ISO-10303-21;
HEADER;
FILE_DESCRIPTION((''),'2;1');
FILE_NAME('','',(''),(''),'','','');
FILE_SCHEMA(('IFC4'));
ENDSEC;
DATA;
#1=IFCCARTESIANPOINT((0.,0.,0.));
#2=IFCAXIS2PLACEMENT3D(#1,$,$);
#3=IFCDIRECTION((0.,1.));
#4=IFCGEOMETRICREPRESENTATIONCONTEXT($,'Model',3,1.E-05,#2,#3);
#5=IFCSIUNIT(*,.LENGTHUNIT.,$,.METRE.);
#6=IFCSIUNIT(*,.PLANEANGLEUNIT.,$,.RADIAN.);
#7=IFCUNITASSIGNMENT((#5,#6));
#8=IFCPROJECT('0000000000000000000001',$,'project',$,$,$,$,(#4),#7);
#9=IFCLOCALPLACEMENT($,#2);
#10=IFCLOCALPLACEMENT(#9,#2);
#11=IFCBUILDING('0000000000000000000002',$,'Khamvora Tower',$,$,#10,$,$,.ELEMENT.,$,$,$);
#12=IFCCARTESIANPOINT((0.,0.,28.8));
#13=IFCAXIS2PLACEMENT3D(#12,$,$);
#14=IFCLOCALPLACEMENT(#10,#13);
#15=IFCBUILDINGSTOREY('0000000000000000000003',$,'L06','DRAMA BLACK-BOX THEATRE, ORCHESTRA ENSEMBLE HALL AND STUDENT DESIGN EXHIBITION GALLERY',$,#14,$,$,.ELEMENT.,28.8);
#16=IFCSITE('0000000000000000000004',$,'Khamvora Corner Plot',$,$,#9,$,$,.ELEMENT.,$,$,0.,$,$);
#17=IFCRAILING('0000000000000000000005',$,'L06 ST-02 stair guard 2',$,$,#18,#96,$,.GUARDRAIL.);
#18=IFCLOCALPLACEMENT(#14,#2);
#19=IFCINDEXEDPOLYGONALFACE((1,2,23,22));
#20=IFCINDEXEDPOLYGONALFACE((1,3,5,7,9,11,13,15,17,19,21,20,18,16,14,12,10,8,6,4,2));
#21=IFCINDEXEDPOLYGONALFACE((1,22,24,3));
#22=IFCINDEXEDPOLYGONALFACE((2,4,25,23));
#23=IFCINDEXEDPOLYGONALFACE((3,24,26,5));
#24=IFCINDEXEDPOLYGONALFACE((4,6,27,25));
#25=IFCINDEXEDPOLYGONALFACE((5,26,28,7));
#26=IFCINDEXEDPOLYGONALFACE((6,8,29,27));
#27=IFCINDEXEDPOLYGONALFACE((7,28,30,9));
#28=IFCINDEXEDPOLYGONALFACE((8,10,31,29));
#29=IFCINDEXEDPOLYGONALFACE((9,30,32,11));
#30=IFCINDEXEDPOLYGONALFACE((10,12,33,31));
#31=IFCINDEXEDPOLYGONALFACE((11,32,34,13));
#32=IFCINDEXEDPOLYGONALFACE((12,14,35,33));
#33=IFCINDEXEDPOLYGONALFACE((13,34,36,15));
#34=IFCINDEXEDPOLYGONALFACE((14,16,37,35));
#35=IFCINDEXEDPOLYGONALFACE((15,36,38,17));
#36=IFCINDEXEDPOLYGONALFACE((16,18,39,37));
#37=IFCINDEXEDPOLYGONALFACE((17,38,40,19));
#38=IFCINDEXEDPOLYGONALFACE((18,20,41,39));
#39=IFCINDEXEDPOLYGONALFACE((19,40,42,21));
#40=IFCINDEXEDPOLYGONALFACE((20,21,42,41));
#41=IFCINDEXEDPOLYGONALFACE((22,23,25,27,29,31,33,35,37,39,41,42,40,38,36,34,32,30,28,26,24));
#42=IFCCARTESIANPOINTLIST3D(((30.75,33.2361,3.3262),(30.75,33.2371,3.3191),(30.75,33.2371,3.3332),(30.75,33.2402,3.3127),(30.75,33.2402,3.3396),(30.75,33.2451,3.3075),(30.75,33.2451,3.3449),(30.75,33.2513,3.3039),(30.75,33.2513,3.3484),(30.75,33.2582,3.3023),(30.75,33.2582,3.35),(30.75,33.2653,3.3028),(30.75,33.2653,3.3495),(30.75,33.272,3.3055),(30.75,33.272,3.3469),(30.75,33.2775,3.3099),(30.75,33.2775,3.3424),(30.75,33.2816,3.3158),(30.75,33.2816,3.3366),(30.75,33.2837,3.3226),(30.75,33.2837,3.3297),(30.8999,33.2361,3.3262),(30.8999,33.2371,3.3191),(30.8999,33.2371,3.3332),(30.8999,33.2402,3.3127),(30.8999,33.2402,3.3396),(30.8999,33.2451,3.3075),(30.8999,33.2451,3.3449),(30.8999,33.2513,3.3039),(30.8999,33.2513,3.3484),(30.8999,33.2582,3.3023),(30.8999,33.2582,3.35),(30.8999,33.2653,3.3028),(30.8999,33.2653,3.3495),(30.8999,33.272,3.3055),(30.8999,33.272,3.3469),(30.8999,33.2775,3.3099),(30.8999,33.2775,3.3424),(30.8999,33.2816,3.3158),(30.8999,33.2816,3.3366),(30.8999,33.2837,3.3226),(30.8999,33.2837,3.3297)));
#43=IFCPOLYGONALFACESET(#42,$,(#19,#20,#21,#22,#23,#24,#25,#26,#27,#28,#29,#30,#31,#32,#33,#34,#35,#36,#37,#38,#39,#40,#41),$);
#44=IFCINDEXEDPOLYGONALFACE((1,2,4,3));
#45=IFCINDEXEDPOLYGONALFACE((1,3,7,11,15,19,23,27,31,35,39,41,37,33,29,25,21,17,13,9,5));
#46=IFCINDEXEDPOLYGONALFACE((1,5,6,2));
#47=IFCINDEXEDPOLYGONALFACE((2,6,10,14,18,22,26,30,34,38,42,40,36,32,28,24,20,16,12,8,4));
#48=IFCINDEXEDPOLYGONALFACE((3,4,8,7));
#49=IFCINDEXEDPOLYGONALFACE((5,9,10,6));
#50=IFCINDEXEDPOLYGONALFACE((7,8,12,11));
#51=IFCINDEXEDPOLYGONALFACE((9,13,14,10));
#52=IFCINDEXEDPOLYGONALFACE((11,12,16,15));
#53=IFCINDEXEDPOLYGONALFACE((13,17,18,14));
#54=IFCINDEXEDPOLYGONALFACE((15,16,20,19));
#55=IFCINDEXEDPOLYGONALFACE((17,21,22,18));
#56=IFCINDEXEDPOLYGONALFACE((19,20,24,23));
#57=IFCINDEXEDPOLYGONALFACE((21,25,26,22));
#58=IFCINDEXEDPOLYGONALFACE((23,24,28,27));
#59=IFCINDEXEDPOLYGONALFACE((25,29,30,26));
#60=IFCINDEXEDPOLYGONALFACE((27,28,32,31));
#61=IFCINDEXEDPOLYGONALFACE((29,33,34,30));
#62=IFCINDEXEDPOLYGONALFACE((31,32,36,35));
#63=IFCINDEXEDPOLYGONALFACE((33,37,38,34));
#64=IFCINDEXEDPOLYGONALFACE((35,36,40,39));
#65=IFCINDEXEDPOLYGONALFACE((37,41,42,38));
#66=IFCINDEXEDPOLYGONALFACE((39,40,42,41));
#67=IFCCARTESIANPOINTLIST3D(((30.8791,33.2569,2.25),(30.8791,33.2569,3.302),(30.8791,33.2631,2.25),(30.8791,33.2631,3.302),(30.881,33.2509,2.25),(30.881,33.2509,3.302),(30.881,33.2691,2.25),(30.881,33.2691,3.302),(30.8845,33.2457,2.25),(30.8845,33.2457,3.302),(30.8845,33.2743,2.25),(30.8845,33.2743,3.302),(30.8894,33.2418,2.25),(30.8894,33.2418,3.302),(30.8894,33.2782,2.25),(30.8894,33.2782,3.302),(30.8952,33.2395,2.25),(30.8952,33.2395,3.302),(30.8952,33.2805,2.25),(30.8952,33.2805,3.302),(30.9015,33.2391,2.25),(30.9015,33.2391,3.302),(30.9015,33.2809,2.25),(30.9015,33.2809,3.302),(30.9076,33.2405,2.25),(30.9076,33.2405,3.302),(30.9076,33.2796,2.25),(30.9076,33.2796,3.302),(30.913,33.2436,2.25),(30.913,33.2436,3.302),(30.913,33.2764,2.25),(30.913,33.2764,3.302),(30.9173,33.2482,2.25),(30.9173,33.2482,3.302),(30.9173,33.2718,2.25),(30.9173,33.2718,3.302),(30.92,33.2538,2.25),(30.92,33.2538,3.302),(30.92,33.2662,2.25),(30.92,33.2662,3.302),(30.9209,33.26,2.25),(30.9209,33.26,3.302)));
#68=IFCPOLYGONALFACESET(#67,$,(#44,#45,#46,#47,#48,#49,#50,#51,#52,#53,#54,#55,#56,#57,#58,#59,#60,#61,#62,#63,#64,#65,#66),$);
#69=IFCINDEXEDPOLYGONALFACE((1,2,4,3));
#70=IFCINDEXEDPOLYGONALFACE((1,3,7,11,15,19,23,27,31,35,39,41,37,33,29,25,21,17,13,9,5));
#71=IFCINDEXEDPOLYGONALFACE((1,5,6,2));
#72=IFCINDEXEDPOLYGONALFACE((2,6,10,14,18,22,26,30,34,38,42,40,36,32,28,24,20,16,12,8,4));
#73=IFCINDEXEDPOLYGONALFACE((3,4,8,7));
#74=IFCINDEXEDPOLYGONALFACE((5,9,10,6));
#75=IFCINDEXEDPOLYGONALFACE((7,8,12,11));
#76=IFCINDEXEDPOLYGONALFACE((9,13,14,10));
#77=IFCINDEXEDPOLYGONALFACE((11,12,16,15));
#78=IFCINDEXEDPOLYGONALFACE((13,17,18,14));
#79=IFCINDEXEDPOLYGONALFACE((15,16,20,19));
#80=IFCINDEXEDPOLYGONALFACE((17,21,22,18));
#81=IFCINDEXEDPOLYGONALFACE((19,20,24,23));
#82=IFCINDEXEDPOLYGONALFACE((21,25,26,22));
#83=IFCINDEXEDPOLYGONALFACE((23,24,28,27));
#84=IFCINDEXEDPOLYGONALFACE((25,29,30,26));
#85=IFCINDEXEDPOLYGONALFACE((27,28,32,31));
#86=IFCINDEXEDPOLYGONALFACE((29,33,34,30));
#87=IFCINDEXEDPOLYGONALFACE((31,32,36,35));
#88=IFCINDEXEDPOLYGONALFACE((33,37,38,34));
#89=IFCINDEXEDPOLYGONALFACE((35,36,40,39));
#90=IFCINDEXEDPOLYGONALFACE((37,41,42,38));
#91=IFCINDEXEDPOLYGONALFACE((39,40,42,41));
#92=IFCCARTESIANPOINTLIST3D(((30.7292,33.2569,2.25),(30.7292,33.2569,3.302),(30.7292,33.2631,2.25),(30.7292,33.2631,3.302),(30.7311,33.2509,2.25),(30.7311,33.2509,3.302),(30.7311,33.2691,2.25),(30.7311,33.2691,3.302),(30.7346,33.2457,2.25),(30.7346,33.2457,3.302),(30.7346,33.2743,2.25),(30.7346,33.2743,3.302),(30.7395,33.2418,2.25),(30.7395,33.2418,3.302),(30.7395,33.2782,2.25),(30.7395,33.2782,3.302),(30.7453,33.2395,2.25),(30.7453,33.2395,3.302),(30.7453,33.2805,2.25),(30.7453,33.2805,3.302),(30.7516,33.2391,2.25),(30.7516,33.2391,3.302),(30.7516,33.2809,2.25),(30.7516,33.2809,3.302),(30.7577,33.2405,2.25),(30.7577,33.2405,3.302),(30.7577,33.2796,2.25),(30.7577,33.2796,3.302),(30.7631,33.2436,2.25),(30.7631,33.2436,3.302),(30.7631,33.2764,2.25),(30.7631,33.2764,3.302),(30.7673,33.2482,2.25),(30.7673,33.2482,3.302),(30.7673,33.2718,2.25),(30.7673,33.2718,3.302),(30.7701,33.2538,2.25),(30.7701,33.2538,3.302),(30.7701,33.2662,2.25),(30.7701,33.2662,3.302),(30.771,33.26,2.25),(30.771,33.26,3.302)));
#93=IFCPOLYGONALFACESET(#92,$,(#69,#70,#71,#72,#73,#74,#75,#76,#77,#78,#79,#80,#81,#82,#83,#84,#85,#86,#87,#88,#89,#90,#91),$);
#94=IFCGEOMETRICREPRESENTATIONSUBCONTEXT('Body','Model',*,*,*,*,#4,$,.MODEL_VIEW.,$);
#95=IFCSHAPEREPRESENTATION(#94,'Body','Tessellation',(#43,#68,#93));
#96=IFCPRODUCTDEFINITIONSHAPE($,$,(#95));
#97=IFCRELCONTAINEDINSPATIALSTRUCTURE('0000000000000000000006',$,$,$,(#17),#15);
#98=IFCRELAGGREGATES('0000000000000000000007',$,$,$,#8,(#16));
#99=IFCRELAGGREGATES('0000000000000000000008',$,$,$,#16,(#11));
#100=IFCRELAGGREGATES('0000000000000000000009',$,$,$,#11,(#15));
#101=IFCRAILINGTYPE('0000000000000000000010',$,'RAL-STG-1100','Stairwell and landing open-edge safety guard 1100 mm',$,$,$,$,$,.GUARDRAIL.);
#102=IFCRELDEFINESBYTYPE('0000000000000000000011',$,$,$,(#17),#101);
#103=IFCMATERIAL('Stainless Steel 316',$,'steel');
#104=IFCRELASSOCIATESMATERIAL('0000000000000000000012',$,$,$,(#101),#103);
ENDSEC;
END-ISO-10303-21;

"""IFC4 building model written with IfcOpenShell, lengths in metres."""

from ifc_helpers import new_model, si_unit, direction, frame, origin, origin_2d, place, context, subcontext, project, spatial, circle, extrude, material, type_object, element, save


model = new_model("IFC4")

# Units and contexts
model_context = context("Model", 3, precision=1e-05, world=origin(), true_north=direction((0.0, 1.0)))
body_context = subcontext(model_context, "Body", "Model", "MODEL_VIEW")
ifc_project = project(units=[si_unit("LENGTHUNIT", "METRE"), si_unit("PLANEANGLEUNIT", "RADIAN")], contexts=[model_context])

# Site, building, storey
site_placement = place(None, origin())
site = spatial("IfcSite", under=ifc_project, at=site_placement, Name="Khamvora Corner Plot", CompositionType="ELEMENT", RefElevation=0.0)
building_placement = place(site_placement, origin())
building = spatial("IfcBuilding", under=site, at=building_placement, Name="Khamvora Tower", CompositionType="ELEMENT")
storey_placement = place(building_placement, frame((0.0, 0.0, 28.8)))
storey = spatial("IfcBuildingStorey", under=building, at=storey_placement, Name="L06", Description="DRAMA BLACK-BOX THEATRE, ORCHESTRA ENSEMBLE HALL AND STUDENT DESIGN EXHIBITION GALLERY", CompositionType="ELEMENT", Elevation=28.8)

# Railing
ifc_material_1 = material(Name="Stainless Steel 316", Category="steel")
railing_type_1 = type_object("IfcRailingType", Name="RAL-STG-1100", Description="Stairwell and landing open-edge safety guard 1100 mm", PredefinedType="GUARDRAIL", material=ifc_material_1)
railing_1_placement = place(storey_placement, frame((30.8999, 33.26, 2.25)))
element("IfcRailing", 1, at=railing_1_placement, inside=storey, type_object=railing_type_1, Name="L06 ST-02 stair guard 2", PredefinedType="GUARDRAIL", context=body_context, shape_type="SweptSolid", body=[
    extrude(circle(Radius=0.0239, at=origin_2d()), frame((0.0, 0.0, 1.0762), z_axis=(-1.0, 0.0, 0.0), x_axis=(0.0, -1.0, 0.0)), (0.0, 0.0, 1.0), 0.1499),
    extrude(circle(Radius=0.021, at=origin_2d()), origin(), (0.0, 0.0, 1.0), 1.052),
    extrude(circle(Radius=0.021, at=origin_2d()), frame((-0.1499, 0.0, 0.0)), (0.0, 0.0, 1.0), 1.052),
])

save(model, "model.ifc")
